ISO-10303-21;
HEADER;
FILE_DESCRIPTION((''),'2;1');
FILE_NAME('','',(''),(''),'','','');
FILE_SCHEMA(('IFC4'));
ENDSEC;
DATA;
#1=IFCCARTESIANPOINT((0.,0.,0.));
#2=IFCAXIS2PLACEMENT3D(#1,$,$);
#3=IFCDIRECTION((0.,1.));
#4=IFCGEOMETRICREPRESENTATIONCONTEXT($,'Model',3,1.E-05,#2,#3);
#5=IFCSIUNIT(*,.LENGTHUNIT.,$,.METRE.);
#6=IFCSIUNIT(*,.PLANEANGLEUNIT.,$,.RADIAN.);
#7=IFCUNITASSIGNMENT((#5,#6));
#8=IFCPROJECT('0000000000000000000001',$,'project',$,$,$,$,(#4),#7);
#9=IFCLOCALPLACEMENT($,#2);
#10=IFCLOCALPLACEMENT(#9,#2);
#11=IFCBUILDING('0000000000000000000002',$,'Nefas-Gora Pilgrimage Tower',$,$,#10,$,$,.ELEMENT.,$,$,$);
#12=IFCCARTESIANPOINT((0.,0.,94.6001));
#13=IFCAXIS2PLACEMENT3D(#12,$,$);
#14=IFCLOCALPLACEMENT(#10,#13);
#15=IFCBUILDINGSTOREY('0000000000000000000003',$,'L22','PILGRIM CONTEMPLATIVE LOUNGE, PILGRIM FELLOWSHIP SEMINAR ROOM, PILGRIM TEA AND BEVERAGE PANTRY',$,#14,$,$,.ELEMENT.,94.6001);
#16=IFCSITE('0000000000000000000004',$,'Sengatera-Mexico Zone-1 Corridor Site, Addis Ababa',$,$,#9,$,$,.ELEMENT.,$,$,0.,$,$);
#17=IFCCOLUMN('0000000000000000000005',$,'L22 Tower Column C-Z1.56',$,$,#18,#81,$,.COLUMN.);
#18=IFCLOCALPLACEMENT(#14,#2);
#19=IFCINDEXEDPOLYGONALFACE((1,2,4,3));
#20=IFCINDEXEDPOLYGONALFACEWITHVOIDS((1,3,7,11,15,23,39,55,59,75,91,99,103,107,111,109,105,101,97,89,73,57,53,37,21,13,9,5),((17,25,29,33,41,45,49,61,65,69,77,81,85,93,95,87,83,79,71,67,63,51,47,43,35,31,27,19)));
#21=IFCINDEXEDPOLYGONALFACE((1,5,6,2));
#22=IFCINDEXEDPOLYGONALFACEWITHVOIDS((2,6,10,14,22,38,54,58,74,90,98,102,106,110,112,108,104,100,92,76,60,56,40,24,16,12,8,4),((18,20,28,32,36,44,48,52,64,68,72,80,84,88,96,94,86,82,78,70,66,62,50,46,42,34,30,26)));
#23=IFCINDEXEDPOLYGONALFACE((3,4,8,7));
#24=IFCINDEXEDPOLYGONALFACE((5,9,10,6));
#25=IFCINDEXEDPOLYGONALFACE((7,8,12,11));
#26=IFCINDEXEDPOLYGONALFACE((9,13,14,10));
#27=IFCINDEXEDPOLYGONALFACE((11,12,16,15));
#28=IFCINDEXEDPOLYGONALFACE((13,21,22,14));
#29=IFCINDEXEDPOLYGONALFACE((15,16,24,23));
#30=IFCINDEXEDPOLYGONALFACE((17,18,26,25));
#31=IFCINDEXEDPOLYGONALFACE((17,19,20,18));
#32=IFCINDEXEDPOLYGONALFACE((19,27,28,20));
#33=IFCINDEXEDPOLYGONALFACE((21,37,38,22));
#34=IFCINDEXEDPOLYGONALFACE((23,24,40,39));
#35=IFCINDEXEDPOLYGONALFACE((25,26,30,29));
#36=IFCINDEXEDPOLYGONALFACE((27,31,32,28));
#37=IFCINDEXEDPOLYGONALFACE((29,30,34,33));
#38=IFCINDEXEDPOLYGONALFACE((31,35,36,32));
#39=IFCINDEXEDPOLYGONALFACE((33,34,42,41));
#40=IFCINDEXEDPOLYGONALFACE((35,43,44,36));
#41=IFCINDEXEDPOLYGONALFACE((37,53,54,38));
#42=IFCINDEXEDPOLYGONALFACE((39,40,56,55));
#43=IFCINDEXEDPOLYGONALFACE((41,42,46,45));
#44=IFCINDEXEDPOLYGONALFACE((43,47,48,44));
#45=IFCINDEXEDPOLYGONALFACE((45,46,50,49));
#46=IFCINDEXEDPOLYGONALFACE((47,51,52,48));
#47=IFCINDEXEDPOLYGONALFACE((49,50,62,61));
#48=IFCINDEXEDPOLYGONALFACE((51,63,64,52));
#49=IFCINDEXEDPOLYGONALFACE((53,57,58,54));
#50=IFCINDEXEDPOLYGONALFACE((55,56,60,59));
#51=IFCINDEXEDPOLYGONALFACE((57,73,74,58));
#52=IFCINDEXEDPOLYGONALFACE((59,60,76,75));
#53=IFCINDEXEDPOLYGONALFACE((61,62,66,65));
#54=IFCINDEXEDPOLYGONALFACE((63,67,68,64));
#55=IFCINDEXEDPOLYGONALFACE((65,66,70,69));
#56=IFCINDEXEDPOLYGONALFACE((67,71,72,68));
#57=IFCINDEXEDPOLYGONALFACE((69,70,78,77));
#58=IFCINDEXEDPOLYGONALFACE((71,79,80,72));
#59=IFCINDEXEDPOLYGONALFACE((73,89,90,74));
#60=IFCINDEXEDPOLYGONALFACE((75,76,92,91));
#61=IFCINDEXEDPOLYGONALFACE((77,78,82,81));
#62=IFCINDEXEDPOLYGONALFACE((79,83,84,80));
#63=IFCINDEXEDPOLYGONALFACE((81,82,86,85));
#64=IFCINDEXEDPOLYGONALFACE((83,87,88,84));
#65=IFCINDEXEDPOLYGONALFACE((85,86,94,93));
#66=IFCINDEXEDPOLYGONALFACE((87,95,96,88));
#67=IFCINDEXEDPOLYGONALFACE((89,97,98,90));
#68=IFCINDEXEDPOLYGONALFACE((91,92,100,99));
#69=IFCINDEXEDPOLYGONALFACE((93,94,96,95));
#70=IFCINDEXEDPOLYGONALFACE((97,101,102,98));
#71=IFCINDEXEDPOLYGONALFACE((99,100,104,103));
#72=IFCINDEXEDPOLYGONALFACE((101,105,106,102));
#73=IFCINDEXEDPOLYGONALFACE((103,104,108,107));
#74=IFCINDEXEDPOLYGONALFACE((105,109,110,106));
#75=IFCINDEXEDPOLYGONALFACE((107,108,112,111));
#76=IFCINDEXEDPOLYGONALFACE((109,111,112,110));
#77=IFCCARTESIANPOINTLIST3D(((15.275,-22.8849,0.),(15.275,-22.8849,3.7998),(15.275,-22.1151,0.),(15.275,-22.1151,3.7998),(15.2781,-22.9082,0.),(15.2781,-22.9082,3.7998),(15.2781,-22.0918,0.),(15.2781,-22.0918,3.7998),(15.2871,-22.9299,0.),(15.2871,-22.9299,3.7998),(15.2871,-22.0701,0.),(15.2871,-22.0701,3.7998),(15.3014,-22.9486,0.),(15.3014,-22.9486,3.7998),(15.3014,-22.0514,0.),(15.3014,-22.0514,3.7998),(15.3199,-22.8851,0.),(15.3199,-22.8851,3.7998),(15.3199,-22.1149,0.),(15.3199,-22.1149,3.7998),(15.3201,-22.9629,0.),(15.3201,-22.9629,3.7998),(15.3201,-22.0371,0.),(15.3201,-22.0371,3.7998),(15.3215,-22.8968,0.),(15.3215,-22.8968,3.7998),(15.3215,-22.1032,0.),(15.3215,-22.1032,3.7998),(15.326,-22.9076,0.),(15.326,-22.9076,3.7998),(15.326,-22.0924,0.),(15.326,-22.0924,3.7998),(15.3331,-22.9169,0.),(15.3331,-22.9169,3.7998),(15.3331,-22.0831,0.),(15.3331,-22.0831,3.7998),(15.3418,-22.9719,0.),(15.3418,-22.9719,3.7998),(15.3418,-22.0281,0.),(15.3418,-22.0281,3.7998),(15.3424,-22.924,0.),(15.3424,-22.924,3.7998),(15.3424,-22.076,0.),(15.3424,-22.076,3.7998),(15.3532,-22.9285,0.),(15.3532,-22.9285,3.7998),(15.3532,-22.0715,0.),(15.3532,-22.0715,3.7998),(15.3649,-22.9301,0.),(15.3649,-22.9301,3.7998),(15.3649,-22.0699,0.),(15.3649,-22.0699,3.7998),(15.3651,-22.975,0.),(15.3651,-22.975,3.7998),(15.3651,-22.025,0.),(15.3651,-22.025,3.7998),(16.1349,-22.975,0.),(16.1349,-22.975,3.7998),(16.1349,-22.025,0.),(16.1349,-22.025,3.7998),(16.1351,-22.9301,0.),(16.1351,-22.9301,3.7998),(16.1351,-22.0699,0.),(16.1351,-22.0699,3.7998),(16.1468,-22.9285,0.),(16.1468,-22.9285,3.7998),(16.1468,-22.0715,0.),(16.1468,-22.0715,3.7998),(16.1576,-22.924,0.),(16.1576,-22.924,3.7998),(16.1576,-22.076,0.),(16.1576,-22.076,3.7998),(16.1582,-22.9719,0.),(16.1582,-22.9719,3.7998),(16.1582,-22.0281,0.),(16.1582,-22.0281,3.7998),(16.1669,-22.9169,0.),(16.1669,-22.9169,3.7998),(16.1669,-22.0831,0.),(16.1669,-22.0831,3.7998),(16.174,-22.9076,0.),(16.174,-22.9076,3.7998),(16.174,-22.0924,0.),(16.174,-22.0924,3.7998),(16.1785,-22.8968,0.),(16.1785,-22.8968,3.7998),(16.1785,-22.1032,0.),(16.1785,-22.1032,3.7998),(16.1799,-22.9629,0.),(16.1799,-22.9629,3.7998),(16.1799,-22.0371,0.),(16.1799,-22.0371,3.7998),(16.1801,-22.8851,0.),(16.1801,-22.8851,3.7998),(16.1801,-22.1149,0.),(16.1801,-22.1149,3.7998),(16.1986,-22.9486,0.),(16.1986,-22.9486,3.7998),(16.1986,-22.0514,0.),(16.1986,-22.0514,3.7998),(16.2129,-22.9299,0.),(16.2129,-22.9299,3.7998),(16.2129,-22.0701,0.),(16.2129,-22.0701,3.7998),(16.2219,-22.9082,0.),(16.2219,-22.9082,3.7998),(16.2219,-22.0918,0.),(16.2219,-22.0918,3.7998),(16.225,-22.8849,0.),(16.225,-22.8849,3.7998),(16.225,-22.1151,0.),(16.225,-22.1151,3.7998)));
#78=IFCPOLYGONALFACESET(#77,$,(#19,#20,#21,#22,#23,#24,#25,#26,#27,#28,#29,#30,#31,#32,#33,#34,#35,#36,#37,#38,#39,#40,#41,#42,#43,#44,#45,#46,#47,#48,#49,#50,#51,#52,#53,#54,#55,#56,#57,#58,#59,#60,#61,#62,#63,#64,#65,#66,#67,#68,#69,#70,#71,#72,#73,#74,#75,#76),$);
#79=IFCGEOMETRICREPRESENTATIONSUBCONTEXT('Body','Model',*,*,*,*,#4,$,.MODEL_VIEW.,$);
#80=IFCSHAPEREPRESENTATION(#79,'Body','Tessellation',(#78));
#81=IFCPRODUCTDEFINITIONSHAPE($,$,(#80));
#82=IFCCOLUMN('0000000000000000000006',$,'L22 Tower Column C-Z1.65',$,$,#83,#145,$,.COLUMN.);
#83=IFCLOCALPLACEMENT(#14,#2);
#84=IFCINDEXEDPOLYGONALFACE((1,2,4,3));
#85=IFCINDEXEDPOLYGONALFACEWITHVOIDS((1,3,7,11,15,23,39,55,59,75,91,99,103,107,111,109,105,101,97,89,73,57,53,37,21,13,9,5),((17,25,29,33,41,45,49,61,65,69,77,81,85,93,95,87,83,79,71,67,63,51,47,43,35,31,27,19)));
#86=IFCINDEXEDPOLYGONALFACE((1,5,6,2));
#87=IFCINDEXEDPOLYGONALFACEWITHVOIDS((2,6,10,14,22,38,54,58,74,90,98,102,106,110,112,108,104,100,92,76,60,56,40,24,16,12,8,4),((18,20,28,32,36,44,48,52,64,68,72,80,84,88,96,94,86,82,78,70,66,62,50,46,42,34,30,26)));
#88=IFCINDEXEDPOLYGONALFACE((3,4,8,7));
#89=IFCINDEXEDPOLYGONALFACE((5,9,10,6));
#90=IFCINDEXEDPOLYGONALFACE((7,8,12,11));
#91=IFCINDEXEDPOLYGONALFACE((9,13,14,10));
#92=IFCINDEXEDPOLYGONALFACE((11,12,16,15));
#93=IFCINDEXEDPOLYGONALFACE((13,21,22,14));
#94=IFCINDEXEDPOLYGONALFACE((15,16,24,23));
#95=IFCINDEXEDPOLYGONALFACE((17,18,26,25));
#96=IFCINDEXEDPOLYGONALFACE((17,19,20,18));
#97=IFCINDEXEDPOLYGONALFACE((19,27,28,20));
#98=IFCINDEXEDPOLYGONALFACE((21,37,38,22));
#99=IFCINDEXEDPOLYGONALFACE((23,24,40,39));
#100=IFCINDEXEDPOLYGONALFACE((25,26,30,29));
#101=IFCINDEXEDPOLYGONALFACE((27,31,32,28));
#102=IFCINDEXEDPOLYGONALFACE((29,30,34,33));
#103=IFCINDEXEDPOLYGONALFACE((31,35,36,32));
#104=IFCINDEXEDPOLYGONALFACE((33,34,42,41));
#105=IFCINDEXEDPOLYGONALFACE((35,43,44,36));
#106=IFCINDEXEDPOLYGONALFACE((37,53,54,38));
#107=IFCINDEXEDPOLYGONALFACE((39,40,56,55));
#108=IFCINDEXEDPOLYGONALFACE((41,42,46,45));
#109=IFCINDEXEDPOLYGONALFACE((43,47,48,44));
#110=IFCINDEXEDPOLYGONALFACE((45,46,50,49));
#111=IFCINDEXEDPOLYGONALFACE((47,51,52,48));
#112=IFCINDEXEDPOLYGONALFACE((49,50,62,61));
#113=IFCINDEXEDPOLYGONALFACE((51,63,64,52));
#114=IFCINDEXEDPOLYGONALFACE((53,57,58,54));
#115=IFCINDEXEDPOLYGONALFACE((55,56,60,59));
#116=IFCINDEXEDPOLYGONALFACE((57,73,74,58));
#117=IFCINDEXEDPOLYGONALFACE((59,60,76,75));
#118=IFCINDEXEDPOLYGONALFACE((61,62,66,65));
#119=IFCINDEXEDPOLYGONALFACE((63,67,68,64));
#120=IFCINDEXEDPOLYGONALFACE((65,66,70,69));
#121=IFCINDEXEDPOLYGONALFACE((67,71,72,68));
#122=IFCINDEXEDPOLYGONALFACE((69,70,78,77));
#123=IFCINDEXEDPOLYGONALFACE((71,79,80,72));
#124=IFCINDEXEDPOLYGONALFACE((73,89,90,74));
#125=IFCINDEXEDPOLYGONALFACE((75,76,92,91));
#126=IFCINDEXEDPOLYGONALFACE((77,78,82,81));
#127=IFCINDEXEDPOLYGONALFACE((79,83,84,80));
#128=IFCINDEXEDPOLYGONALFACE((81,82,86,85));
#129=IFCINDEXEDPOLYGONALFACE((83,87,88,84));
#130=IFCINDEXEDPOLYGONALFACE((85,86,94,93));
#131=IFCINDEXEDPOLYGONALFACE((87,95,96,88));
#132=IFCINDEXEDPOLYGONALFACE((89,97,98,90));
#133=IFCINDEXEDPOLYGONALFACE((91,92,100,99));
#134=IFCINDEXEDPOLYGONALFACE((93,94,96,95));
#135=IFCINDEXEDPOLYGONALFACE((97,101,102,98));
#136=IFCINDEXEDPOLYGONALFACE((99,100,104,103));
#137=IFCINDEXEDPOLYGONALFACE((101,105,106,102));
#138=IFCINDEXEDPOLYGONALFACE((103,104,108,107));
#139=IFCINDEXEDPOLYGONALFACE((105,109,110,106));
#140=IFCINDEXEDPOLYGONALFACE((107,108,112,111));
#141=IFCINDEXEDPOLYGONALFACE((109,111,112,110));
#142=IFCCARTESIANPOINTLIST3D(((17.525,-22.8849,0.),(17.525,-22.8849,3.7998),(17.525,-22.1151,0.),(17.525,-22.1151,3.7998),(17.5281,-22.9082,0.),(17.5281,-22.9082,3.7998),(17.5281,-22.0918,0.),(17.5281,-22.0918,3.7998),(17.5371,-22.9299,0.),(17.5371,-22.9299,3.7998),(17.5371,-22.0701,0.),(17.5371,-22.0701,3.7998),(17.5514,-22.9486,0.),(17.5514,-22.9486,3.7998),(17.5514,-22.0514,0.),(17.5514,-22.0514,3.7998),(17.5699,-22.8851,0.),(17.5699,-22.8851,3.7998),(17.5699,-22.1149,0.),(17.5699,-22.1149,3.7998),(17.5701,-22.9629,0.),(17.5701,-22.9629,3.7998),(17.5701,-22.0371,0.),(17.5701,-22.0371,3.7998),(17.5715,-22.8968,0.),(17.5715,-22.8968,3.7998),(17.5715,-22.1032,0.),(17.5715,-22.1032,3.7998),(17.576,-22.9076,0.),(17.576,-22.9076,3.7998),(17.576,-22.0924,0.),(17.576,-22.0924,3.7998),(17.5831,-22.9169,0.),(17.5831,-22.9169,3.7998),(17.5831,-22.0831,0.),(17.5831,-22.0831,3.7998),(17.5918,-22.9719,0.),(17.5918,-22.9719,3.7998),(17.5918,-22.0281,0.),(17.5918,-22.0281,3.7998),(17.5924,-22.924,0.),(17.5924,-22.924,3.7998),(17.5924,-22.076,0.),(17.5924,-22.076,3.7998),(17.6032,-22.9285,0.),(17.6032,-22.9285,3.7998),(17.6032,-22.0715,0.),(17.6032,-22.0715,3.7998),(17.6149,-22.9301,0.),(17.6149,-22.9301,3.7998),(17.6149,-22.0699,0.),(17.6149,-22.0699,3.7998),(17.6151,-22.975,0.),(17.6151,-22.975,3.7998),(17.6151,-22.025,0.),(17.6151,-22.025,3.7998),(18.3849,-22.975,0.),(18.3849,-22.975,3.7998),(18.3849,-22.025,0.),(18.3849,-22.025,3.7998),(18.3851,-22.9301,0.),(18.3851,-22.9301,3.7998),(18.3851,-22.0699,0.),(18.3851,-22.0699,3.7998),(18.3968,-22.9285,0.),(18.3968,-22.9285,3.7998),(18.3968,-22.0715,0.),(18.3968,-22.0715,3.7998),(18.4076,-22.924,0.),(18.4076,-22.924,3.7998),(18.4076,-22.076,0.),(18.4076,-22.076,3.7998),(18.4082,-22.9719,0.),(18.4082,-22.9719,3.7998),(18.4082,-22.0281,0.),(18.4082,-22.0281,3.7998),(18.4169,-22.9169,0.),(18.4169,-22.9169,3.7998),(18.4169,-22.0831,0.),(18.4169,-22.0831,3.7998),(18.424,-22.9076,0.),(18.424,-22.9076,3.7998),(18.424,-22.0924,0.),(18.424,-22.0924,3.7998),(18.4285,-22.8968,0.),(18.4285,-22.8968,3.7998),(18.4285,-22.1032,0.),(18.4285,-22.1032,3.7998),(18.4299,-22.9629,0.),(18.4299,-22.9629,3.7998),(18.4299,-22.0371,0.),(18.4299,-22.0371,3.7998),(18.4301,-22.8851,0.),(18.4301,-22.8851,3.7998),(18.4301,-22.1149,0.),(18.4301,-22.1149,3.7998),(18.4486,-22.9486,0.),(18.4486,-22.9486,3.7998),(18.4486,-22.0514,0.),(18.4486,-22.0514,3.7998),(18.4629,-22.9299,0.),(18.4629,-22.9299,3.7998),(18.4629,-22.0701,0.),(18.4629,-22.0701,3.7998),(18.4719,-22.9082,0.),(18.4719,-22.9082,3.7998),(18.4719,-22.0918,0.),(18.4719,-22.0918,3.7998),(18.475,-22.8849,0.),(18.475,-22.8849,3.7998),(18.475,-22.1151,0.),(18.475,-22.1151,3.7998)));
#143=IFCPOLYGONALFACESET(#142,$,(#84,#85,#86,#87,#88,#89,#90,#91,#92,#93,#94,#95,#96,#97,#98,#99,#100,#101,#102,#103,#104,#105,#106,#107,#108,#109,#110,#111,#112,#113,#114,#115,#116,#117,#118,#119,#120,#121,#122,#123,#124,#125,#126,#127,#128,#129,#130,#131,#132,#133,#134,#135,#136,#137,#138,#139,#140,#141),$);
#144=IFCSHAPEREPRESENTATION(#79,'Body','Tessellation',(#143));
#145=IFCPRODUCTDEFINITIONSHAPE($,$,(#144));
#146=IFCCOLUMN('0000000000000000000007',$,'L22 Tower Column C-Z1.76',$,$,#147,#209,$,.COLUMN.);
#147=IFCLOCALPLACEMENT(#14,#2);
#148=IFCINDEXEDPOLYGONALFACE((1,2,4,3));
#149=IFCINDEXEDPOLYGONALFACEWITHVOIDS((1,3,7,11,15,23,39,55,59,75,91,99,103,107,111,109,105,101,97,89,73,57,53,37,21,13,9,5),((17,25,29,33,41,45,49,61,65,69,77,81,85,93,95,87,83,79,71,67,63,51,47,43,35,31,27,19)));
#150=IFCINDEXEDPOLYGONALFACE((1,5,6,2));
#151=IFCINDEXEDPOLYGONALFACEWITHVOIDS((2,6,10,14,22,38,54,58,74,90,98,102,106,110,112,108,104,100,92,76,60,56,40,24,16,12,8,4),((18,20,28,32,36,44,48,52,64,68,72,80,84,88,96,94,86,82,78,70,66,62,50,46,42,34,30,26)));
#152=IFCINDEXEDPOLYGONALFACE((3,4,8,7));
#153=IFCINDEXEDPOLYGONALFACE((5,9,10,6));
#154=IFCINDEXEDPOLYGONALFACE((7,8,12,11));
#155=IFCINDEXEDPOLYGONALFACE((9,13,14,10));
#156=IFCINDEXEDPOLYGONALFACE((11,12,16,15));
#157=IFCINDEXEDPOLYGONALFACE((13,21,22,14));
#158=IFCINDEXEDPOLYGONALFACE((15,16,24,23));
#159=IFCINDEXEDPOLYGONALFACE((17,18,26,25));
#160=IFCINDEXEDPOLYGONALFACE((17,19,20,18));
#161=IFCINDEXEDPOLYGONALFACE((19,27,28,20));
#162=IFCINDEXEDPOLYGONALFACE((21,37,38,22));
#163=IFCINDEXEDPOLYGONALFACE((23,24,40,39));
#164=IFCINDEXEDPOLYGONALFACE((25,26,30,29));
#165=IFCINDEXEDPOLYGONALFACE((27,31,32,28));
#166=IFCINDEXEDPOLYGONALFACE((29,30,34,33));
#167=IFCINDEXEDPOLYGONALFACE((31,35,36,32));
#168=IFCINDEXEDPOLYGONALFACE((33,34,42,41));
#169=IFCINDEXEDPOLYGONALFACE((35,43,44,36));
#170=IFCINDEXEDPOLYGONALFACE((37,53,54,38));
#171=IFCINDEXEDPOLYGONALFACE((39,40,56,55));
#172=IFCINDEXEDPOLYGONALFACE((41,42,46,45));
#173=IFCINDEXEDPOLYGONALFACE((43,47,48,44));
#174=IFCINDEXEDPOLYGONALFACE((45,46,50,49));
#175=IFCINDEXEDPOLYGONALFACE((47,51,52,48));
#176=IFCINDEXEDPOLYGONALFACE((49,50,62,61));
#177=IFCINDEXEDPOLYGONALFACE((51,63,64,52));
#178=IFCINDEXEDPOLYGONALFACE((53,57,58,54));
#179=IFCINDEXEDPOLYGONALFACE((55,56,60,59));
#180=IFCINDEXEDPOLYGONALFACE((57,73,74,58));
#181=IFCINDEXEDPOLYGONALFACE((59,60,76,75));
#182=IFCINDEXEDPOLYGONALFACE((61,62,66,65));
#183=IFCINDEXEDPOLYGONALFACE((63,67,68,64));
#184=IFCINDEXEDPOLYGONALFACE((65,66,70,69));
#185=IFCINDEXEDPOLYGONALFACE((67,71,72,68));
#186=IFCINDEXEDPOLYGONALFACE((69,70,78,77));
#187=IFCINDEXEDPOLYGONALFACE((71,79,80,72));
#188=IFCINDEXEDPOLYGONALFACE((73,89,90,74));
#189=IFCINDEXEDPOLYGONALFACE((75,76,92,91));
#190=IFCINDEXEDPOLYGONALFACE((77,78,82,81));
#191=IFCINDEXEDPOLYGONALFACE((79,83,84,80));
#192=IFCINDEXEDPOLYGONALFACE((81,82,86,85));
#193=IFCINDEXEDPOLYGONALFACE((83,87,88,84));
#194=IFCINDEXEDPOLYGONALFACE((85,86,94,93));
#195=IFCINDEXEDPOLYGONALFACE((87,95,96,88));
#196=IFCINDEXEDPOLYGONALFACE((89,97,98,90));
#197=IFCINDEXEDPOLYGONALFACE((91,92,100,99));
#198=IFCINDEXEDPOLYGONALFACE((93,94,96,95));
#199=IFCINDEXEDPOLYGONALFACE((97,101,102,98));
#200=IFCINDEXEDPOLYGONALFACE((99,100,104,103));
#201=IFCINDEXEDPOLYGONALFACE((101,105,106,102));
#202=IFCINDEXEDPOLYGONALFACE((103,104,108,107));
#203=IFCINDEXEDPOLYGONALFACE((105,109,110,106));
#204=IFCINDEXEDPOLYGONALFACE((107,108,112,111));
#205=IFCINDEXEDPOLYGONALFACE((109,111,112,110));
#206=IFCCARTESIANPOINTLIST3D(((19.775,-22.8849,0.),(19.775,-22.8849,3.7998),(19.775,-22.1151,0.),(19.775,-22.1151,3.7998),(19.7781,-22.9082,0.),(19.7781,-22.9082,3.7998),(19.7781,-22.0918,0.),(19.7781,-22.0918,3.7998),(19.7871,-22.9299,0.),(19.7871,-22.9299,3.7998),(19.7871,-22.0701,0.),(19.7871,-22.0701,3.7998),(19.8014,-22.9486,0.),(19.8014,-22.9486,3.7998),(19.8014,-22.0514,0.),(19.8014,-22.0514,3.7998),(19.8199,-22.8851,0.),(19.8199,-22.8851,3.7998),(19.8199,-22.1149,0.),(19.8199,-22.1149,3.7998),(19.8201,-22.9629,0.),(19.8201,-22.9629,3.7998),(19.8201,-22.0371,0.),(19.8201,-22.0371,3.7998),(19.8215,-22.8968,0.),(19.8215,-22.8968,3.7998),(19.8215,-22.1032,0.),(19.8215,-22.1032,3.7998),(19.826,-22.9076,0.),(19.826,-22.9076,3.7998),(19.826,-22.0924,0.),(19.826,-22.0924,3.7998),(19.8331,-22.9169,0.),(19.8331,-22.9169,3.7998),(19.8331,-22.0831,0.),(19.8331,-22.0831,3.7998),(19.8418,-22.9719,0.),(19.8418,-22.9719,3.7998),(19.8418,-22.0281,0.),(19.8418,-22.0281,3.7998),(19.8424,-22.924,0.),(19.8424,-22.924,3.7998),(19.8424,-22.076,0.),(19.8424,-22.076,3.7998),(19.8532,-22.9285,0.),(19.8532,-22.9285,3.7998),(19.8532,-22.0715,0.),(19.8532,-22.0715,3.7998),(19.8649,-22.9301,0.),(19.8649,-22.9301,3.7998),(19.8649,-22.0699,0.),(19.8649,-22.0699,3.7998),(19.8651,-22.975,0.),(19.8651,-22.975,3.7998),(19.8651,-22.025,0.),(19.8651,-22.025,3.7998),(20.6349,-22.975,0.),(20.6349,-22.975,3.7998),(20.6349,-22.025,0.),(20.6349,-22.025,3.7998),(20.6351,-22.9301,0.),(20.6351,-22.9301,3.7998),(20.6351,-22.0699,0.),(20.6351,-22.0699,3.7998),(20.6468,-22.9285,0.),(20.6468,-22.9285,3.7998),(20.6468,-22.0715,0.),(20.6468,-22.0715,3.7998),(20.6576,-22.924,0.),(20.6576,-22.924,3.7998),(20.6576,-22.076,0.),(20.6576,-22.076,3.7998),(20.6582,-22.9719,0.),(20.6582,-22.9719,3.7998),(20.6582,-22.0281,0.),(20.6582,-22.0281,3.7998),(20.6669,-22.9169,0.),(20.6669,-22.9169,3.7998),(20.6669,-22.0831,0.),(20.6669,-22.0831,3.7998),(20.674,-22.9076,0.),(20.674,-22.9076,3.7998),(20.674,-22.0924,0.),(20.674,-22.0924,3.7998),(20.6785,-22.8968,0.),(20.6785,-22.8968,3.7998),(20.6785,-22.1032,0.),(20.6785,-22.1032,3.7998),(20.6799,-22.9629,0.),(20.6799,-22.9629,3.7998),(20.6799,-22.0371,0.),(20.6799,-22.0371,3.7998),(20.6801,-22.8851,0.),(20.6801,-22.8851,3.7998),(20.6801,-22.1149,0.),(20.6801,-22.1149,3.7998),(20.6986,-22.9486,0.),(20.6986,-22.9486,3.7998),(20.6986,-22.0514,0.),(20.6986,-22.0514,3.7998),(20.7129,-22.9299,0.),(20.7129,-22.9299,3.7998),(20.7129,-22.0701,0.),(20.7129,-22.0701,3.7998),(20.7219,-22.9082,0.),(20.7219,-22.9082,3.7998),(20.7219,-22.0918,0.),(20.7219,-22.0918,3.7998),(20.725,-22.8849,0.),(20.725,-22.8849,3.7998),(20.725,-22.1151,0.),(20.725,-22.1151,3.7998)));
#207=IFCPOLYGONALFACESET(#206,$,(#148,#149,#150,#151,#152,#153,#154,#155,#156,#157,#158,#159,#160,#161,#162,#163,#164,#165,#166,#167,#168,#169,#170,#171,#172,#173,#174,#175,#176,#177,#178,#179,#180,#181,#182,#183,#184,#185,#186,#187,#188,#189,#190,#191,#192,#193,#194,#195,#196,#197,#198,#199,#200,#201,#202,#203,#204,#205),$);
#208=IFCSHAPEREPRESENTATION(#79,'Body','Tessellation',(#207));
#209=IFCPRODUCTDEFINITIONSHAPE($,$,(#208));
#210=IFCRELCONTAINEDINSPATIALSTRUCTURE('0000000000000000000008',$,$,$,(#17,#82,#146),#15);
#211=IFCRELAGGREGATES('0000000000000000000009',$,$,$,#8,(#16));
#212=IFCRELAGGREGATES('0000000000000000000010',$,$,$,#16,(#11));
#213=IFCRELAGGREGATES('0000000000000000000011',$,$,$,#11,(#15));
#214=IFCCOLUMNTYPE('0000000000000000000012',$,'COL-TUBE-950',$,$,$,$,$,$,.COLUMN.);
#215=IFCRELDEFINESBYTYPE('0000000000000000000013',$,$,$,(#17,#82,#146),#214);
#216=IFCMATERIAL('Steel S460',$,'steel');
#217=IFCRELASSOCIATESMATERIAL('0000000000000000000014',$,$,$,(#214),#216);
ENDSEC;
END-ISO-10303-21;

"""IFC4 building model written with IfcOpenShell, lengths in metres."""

from ifc_helpers import new_model, si_unit, direction, frame, origin, origin_2d, place, context, subcontext, project, spatial, hollow_rectangle, extrude, source, transform, mapped, material, material_profile, profile_set, type_object, element, save


model = new_model("IFC4")

# Units and contexts
model_context = context("Model", 3, precision=1e-05, world=origin(), true_north=direction((0.0, 1.0)))
body_context = subcontext(model_context, "Body", "Model", "MODEL_VIEW")
ifc_project = project(units=[si_unit("LENGTHUNIT", "METRE"), si_unit("PLANEANGLEUNIT", "RADIAN")], contexts=[model_context])

# Site, building, storey
site_placement = place(None, origin())
site = spatial("IfcSite", under=ifc_project, at=site_placement, Name="Sengatera-Mexico Zone-1 Corridor Site, Addis Ababa", CompositionType="ELEMENT", RefElevation=0.0)
building_placement = place(site_placement, origin())
building = spatial("IfcBuilding", under=site, at=building_placement, Name="Nefas-Gora Pilgrimage Tower", CompositionType="ELEMENT")
storey_placement = place(building_placement, frame((0.0, 0.0, 94.6001)))
storey = spatial("IfcBuildingStorey", under=building, at=storey_placement, Name="L22", Description="PILGRIM CONTEMPLATIVE LOUNGE, PILGRIM FELLOWSHIP SEMINAR ROOM, PILGRIM TEA AND BEVERAGE PANTRY", CompositionType="ELEMENT", Elevation=94.6001)

# Columns
ifc_material_1 = material(Name="Steel S460", Category="steel")
ifc_material_profile_1 = material_profile(ifc_material_1, hollow_rectangle(XDim=0.95, YDim=0.95, WallThickness=0.0449, InnerFilletRadius=0.0449, OuterFilletRadius=0.0901, at=origin_2d()), Name="BOX 950x950x45")
ifc_profile_set_1 = profile_set([ifc_material_profile_1], Name="Steel S460")
column_type_1 = type_object("IfcColumnType", Name="COL-TUBE-950", PredefinedType="COLUMN", material=ifc_profile_set_1)
shared_shape_1 = source(origin(), body_context, "Body", "SweptSolid", [
    extrude(hollow_rectangle(XDim=0.95, YDim=0.95, WallThickness=0.0449, InnerFilletRadius=0.0449, OuterFilletRadius=0.0901, at=origin_2d()), origin(), (0.0, 0.0, 1.0), 3.7998),
])
for number, where, z_axis, x_axis, name in (
    (1, (15.75, -22.5, 0.0), (0.0, 0.0, 1.0), (1.0, 0.0, 0.0), "L22 Tower Column C-Z1.56"),
    (2, (18.0, -22.5, 0.0), (0.0, 0.0, 1.0), (1.0, 0.0, 0.0), "L22 Tower Column C-Z1.65"),
    (3, (20.25, -22.5, 0.0), (0.0, 0.0, 1.0), (1.0, 0.0, 0.0), "L22 Tower Column C-Z1.76"),
):
    element("IfcColumn", number, at=place(storey_placement, frame(where, z_axis=z_axis, x_axis=x_axis)), inside=storey, type_object=column_type_1, Name=name, PredefinedType="COLUMN", context=body_context, shape_type="MappedRepresentation", body=[
        mapped(shared_shape_1, transform((0.0, 0.0, 0.0), x_axis=(1.0, 0.0, 0.0), y_axis=(0.0, 1.0, 0.0), z_axis=(0.0, 0.0, 1.0), scale=1.0)),
    ])

save(model, "model.ifc")
